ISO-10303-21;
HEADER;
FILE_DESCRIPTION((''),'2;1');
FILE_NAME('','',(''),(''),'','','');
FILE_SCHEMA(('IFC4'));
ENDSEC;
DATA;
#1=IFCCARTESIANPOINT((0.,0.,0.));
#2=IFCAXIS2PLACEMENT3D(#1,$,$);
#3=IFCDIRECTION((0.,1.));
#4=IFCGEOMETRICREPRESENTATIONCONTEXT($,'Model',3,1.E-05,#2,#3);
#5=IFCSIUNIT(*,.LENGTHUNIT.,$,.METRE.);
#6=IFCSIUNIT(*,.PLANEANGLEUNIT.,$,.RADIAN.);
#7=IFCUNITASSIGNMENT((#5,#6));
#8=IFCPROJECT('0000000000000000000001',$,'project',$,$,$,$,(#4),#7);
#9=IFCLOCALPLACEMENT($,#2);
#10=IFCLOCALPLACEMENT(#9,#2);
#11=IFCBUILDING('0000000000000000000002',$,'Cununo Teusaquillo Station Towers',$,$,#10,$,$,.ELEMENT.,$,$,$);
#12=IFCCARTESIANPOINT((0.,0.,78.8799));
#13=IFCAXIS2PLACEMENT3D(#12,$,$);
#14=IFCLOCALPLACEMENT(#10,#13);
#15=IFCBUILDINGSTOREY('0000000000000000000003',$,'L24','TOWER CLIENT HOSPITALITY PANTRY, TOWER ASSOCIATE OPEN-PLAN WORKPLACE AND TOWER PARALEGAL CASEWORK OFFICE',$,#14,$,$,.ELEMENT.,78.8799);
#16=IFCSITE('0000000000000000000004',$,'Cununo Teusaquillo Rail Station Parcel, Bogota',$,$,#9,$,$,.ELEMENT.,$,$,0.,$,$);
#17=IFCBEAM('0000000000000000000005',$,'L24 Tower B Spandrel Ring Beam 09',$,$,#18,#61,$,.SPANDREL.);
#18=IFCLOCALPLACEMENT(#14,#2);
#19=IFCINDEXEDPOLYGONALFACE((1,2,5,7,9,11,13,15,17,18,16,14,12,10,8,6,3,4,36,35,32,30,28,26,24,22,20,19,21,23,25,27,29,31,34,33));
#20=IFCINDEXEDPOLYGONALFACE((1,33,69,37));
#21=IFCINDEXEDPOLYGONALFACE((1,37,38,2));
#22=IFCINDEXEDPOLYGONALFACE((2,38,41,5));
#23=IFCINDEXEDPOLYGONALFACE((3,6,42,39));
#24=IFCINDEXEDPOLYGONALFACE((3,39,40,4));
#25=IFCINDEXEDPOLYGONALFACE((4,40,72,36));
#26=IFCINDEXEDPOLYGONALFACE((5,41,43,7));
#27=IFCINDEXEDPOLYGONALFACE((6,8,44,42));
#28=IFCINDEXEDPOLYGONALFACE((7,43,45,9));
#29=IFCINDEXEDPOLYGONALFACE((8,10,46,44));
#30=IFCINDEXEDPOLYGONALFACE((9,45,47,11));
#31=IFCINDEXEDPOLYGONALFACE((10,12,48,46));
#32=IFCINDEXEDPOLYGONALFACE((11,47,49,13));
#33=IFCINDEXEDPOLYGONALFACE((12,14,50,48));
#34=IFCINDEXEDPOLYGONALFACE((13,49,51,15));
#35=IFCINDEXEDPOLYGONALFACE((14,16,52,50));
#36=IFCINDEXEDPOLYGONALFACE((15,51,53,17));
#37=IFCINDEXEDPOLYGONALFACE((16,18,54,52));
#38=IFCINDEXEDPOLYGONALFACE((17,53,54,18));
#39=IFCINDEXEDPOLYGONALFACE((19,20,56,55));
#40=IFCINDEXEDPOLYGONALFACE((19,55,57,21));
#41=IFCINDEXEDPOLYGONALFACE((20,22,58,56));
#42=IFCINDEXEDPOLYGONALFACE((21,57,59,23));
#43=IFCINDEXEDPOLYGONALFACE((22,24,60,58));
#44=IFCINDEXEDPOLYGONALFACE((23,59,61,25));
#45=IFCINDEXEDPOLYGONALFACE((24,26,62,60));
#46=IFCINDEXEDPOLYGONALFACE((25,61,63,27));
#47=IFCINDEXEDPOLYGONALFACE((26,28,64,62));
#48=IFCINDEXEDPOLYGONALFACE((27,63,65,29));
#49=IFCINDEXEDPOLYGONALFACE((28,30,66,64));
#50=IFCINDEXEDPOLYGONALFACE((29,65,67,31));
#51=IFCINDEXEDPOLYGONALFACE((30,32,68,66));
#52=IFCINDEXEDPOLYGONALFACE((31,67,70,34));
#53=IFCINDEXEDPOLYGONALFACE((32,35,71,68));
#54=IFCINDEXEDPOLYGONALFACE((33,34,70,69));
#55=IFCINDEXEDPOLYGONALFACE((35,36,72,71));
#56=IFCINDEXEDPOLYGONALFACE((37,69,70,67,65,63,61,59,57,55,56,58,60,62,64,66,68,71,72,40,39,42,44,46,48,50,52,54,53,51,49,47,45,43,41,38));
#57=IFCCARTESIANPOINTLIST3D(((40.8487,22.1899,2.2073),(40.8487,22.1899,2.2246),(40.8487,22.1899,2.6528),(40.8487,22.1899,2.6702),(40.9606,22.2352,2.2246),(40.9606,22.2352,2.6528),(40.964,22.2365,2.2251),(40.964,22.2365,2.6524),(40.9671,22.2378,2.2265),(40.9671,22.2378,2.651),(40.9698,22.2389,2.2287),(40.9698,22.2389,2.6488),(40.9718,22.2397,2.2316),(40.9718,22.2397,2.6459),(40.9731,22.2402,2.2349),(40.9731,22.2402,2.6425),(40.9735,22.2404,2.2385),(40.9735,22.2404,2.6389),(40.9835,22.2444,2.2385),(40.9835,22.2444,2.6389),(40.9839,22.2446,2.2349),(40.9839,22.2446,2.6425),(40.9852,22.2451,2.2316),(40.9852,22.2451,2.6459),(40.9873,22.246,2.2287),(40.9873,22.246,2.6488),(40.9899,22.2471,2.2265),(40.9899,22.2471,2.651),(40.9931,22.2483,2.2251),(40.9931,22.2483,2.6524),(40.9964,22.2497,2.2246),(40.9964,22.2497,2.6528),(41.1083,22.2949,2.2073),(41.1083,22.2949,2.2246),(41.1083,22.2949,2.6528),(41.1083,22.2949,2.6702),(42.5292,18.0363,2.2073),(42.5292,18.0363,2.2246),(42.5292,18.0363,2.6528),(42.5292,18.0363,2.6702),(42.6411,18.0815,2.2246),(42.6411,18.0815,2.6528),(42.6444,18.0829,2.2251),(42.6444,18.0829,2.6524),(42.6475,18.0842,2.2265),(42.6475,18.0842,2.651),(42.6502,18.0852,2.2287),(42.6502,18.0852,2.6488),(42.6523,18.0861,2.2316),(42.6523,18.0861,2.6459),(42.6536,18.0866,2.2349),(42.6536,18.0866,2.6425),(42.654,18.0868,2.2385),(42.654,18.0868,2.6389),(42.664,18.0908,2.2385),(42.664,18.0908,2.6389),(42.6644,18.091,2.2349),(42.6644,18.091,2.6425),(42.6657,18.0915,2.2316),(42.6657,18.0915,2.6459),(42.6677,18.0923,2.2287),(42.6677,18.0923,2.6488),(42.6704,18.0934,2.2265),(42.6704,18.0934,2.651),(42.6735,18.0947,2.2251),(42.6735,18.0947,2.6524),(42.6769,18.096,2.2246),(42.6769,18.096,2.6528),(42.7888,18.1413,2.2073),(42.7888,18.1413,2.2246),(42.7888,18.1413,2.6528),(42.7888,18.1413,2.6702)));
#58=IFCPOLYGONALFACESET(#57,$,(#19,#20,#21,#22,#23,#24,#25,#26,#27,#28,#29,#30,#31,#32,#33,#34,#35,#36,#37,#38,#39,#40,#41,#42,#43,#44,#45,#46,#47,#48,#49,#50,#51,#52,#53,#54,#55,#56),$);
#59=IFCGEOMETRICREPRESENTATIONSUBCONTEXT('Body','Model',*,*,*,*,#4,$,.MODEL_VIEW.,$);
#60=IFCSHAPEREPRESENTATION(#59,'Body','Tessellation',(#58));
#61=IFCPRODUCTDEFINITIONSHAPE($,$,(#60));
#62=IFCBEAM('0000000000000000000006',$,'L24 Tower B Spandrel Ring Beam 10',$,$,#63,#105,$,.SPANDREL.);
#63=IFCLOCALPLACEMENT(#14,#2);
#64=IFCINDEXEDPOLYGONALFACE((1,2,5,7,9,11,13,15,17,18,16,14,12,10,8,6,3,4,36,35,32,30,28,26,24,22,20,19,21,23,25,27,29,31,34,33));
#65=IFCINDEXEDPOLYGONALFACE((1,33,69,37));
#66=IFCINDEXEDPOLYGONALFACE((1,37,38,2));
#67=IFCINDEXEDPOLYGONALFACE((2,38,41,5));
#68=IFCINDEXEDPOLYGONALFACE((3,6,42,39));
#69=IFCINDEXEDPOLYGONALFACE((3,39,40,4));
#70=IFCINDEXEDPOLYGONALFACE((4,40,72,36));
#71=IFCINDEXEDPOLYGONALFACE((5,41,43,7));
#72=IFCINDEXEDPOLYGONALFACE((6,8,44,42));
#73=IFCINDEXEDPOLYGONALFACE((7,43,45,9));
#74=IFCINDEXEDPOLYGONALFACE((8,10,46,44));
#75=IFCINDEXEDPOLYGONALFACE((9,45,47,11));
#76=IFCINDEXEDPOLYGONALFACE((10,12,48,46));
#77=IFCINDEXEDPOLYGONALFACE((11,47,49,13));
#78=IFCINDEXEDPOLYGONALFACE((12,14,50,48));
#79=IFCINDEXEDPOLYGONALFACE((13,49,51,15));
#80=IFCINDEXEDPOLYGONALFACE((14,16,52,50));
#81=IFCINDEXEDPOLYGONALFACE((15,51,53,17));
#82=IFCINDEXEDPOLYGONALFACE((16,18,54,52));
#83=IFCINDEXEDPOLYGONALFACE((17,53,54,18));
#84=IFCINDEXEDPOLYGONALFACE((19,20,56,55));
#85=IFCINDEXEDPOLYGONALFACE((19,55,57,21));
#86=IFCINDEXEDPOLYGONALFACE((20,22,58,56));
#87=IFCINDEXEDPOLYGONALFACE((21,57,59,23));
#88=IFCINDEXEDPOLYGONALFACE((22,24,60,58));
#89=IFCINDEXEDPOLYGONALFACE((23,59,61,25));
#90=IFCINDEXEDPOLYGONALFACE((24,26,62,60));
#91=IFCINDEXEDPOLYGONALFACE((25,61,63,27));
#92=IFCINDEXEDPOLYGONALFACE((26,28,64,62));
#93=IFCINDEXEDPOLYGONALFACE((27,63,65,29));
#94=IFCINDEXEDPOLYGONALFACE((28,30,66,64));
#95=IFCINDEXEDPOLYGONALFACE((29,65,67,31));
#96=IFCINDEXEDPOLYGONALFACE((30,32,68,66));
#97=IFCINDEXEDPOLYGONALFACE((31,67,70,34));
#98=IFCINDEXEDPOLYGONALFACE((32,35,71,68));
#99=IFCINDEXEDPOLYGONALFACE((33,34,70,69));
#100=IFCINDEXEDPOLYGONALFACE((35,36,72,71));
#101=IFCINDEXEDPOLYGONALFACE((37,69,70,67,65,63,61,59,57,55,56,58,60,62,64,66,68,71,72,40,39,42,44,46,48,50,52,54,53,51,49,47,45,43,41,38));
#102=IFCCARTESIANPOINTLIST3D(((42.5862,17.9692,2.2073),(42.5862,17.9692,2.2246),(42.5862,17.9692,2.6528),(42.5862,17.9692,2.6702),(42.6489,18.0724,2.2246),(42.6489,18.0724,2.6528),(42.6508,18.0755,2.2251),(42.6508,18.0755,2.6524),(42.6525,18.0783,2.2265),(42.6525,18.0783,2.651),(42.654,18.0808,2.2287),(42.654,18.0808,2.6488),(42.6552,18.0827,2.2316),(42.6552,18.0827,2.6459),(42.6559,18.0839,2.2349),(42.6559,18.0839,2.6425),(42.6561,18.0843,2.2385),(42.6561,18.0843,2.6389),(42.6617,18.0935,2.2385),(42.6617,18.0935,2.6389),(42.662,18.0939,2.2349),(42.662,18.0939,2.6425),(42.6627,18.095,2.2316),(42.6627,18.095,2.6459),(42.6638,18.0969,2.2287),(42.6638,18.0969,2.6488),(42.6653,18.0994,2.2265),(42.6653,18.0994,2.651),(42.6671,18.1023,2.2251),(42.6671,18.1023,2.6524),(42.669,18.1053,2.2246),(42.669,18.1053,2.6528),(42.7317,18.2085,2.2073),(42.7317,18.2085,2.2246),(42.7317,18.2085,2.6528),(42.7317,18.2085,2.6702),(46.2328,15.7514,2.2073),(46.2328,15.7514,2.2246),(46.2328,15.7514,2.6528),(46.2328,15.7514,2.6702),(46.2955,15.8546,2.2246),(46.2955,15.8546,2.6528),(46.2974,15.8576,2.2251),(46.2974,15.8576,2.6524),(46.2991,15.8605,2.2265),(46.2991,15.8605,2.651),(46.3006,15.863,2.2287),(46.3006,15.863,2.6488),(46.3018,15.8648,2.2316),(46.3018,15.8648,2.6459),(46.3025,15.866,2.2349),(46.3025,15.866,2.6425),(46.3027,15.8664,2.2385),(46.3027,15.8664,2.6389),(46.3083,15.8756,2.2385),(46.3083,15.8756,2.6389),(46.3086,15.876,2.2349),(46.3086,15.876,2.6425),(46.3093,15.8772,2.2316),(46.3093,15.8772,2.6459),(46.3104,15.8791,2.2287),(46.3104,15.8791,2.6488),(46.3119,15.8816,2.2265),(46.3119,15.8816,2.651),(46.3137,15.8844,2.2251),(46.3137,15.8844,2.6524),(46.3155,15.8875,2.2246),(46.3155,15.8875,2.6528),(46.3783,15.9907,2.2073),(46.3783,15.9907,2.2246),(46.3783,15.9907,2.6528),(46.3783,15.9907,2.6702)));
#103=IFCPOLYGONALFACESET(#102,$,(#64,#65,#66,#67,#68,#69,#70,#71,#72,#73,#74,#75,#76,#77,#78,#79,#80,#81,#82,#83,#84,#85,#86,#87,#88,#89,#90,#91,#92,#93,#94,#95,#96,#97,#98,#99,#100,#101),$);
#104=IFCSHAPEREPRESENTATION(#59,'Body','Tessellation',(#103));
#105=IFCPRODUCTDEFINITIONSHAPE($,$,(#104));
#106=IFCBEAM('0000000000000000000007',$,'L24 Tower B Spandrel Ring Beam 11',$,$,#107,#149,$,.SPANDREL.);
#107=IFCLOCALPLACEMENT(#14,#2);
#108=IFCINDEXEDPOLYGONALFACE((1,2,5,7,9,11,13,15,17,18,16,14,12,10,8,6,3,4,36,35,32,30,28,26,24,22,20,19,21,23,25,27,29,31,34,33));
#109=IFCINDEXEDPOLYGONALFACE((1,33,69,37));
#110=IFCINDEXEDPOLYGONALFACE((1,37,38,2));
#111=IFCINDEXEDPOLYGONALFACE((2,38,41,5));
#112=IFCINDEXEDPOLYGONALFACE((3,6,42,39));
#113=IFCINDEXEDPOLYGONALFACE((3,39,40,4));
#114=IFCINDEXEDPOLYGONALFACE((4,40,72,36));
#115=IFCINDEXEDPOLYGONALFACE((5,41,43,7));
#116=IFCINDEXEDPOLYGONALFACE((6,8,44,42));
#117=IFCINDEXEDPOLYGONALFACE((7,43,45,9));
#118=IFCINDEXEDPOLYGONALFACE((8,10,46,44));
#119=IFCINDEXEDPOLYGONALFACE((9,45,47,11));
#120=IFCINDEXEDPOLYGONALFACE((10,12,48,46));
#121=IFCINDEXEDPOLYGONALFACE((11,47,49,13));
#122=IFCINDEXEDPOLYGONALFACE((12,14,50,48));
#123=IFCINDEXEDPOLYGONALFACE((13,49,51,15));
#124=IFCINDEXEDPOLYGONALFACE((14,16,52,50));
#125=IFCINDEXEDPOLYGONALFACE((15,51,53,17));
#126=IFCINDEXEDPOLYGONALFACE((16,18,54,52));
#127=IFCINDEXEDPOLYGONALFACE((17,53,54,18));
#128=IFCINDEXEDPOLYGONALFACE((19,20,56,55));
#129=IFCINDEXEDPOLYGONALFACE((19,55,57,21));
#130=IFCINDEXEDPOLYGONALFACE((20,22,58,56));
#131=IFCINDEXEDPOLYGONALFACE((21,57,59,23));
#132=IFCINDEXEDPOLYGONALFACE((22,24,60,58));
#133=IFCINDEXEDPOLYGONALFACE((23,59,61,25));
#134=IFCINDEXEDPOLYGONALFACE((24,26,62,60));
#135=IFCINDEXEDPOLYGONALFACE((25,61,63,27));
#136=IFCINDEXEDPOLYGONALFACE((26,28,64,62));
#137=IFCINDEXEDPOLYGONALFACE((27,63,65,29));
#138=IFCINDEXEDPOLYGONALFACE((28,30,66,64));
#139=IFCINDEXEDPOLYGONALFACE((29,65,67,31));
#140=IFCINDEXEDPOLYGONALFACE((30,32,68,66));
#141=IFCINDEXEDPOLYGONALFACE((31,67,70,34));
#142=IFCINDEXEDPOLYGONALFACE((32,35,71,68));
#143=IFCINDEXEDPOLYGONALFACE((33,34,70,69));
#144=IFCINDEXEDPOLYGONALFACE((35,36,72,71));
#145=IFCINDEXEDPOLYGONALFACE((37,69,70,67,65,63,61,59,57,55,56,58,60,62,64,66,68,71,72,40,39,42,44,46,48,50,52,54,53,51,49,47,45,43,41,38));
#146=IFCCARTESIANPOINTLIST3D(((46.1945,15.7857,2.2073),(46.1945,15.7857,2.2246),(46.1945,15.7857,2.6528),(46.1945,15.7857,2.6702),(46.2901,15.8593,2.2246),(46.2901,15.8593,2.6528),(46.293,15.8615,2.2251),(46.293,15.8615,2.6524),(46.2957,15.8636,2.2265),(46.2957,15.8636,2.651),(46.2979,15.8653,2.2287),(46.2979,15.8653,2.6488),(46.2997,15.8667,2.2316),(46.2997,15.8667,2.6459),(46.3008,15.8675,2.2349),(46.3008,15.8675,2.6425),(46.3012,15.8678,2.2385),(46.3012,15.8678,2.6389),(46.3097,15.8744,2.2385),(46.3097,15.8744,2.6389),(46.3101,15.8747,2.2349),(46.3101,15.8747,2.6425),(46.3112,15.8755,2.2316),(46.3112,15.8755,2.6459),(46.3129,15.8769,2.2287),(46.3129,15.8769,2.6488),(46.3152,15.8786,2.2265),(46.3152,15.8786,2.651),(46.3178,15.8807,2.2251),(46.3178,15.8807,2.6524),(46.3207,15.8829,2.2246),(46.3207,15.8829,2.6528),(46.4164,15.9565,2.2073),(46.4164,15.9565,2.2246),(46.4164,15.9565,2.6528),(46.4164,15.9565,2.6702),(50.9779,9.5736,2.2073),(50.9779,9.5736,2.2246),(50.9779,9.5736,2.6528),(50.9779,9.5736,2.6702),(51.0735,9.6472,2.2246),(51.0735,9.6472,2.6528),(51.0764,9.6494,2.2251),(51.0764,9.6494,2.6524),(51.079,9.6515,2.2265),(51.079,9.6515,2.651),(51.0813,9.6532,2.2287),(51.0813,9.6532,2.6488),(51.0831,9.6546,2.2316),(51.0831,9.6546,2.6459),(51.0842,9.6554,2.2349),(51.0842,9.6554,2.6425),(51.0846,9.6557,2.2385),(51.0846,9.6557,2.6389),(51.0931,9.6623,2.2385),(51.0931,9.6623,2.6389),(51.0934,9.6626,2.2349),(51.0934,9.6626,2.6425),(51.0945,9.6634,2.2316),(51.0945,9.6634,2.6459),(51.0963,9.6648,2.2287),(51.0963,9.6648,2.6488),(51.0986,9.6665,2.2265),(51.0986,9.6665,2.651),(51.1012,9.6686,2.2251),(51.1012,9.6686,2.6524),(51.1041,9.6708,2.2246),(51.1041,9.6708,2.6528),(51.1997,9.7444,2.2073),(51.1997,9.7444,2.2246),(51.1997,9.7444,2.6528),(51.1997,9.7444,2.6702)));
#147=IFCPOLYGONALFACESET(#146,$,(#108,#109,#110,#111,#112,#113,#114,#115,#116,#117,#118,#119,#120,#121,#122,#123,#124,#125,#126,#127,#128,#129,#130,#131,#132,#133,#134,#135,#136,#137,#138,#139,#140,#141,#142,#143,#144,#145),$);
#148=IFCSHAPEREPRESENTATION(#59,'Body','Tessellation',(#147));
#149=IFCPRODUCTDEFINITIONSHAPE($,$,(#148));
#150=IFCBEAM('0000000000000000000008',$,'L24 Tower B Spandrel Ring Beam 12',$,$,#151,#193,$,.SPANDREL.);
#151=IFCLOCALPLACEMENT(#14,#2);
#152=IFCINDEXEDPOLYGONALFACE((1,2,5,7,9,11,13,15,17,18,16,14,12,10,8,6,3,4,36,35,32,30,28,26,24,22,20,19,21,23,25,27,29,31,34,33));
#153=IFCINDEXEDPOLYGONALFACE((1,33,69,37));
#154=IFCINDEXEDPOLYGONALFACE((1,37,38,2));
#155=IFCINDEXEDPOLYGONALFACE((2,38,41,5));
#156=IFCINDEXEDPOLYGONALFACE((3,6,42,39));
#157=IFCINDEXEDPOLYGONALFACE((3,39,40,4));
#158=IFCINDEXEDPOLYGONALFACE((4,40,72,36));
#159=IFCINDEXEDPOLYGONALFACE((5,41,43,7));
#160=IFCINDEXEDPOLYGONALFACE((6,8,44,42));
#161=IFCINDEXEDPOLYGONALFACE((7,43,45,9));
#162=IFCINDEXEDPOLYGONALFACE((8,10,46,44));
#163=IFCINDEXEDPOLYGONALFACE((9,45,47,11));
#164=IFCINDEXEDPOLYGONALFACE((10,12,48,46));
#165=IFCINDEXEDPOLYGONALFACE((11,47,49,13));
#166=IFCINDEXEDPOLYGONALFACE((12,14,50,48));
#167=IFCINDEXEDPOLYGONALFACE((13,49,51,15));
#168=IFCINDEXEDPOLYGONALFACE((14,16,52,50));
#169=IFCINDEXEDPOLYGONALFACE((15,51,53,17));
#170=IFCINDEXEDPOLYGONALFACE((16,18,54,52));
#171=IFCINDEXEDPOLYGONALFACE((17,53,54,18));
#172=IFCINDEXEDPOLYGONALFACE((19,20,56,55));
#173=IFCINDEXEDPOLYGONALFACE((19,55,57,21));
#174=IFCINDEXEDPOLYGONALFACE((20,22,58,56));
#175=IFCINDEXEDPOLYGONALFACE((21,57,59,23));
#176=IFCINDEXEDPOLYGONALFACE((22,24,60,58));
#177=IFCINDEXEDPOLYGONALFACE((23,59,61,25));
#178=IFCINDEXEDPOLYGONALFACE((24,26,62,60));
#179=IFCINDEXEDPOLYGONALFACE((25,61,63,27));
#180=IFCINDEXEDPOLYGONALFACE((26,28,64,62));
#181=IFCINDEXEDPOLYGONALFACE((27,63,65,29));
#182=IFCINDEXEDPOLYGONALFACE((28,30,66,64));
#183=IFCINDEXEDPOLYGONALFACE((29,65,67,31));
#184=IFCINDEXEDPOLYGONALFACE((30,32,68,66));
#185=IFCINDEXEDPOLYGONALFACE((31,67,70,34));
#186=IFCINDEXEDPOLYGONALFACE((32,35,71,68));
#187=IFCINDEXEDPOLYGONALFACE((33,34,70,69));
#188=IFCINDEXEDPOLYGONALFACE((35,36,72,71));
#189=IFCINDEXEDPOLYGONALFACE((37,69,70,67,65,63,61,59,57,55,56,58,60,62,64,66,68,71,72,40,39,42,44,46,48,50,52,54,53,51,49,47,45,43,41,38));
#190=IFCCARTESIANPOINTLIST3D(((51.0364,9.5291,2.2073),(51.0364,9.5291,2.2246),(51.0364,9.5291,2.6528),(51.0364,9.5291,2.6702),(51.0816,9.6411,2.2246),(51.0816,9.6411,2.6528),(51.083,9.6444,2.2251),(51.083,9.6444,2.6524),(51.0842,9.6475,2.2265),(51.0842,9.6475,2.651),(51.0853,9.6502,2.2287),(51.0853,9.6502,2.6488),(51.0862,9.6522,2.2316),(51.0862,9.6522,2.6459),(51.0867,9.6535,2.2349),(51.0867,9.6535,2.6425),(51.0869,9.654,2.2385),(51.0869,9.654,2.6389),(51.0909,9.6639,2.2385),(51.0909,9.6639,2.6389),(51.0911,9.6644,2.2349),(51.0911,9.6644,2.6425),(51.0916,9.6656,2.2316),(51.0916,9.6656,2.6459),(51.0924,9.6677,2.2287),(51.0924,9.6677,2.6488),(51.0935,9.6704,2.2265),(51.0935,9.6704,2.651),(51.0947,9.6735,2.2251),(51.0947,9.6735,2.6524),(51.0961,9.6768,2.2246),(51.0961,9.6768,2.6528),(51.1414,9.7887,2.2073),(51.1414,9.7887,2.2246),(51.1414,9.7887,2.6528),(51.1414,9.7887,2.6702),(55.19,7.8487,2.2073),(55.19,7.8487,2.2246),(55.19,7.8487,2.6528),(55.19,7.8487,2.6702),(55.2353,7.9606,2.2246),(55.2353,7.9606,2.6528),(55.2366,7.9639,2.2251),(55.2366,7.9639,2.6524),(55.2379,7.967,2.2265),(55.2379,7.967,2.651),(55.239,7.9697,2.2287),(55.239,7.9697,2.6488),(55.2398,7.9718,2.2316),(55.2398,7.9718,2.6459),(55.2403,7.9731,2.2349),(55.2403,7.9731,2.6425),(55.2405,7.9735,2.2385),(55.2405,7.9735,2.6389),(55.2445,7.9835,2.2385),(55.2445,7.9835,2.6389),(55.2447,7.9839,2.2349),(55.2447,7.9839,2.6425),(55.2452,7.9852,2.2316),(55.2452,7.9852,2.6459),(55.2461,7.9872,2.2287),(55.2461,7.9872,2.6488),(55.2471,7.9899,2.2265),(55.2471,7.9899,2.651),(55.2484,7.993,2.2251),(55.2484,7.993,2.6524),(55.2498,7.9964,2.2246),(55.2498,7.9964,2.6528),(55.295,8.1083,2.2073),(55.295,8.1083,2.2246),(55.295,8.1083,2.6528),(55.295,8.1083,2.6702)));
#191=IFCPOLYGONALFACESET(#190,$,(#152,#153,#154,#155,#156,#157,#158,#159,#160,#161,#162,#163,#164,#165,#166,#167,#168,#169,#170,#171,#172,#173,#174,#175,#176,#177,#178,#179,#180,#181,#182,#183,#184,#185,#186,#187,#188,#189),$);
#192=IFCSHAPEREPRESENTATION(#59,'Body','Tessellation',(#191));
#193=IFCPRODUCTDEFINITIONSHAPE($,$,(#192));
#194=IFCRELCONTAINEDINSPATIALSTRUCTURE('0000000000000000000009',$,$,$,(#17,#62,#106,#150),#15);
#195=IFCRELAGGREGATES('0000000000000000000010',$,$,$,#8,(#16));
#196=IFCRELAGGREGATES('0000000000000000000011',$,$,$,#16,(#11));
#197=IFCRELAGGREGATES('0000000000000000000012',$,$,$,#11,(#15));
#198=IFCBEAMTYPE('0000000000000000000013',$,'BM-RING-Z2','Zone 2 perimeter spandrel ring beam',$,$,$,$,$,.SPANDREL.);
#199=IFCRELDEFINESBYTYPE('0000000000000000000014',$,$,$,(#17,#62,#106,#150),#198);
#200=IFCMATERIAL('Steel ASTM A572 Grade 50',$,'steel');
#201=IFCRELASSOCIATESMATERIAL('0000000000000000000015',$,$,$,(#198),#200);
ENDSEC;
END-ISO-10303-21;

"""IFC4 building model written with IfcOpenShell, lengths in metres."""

from ifc_helpers import new_model, si_unit, direction, frame, origin, origin_2d, place, context, subcontext, project, spatial, i_section, extrude, material, material_profile, profile_set, type_object, element, save


model = new_model("IFC4")

# Units and contexts
model_context = context("Model", 3, precision=1e-05, world=origin(), true_north=direction((0.0, 1.0)))
body_context = subcontext(model_context, "Body", "Model", "MODEL_VIEW")
ifc_project = project(units=[si_unit("LENGTHUNIT", "METRE"), si_unit("PLANEANGLEUNIT", "RADIAN")], contexts=[model_context])

# Site, building, storey
site_placement = place(None, origin())
site = spatial("IfcSite", under=ifc_project, at=site_placement, Name="Cununo Teusaquillo Rail Station Parcel, Bogota", CompositionType="ELEMENT", RefElevation=0.0)
building_placement = place(site_placement, origin())
building = spatial("IfcBuilding", under=site, at=building_placement, Name="Cununo Teusaquillo Station Towers", CompositionType="ELEMENT")
storey_placement = place(building_placement, frame((0.0, 0.0, 78.8799)))
storey = spatial("IfcBuildingStorey", under=building, at=storey_placement, Name="L24", Description="TOWER CLIENT HOSPITALITY PANTRY, TOWER ASSOCIATE OPEN-PLAN WORKPLACE AND TOWER PARALEGAL CASEWORK OFFICE", CompositionType="ELEMENT", Elevation=78.8799)

# Beams
ifc_material_1 = material(Name="Steel ASTM A572 Grade 50", Category="steel")
ifc_material_profile_1 = material_profile(ifc_material_1, i_section(OverallWidth=0.28, OverallDepth=0.4629, WebThickness=0.0107, FlangeThickness=0.0173, FilletRadius=0.0139, at=origin_2d()), Name="W18X76")
ifc_profile_set_1 = profile_set([ifc_material_profile_1], Name="Steel ASTM A572 Grade 50")
beam_type_1 = type_object("IfcBeamType", Name="BM-RING-Z2", Description="Zone 2 perimeter spandrel ring beam", PredefinedType="SPANDREL", material=ifc_profile_set_1)
beam_1_placement = place(storey_placement, frame((40.9785, 22.2424, 2.4387), z_axis=(0.375042, -0.927008, 0.0), x_axis=(0.927008, 0.375042, 0.0)))
element("IfcBeam", 1, at=beam_1_placement, inside=storey, type_object=beam_type_1, Name="L24 Tower B Spandrel Ring Beam 09", PredefinedType="SPANDREL", context=body_context, shape_type="SweptSolid", body=[
    extrude(i_section(OverallWidth=0.28, OverallDepth=0.4629, WebThickness=0.0107, FlangeThickness=0.0173, FilletRadius=0.0139, at=origin_2d()), origin(), (0.0, 0.0, 1.0), 4.4807),
])
beam_2_placement = place(storey_placement, frame((42.6589, 18.0889, 2.4387), z_axis=(0.854388, -0.519635, 0.0), x_axis=(0.519635, 0.854388, 0.0)))
element("IfcBeam", 2, at=beam_2_placement, inside=storey, type_object=beam_type_1, Name="L24 Tower B Spandrel Ring Beam 10", PredefinedType="SPANDREL", context=body_context, shape_type="SweptSolid", body=[
    extrude(i_section(OverallWidth=0.28, OverallDepth=0.4629, WebThickness=0.0107, FlangeThickness=0.0173, FilletRadius=0.0139, at=origin_2d()), origin(), (0.0, 0.0, 1.0), 4.2681),
])
beam_3_placement = place(storey_placement, frame((46.3054, 15.8711, 2.4387), z_axis=(0.6101, -0.792324, 0.0), x_axis=(0.792324, 0.6101, 0.0)))
element("IfcBeam", 3, at=beam_3_placement, inside=storey, type_object=beam_type_1, Name="L24 Tower B Spandrel Ring Beam 11", PredefinedType="SPANDREL", context=body_context, shape_type="SweptSolid", body=[
    extrude(i_section(OverallWidth=0.28, OverallDepth=0.4629, WebThickness=0.0107, FlangeThickness=0.0173, FilletRadius=0.0139, at=origin_2d()), origin(), (0.0, 0.0, 1.0), 7.8403),
])
beam_4_placement = place(storey_placement, frame((51.0889, 9.6589, 2.4387), z_axis=(0.927008, -0.375042, 0.0), x_axis=(0.375042, 0.927008, 0.0)))
element("IfcBeam", 4, at=beam_4_placement, inside=storey, type_object=beam_type_1, Name="L24 Tower B Spandrel Ring Beam 12", PredefinedType="SPANDREL", context=body_context, shape_type="SweptSolid", body=[
    extrude(i_section(OverallWidth=0.28, OverallDepth=0.4629, WebThickness=0.0107, FlangeThickness=0.0173, FilletRadius=0.0139, at=origin_2d()), origin(), (0.0, 0.0, 1.0), 4.4807),
])

save(model, "model.ifc")
